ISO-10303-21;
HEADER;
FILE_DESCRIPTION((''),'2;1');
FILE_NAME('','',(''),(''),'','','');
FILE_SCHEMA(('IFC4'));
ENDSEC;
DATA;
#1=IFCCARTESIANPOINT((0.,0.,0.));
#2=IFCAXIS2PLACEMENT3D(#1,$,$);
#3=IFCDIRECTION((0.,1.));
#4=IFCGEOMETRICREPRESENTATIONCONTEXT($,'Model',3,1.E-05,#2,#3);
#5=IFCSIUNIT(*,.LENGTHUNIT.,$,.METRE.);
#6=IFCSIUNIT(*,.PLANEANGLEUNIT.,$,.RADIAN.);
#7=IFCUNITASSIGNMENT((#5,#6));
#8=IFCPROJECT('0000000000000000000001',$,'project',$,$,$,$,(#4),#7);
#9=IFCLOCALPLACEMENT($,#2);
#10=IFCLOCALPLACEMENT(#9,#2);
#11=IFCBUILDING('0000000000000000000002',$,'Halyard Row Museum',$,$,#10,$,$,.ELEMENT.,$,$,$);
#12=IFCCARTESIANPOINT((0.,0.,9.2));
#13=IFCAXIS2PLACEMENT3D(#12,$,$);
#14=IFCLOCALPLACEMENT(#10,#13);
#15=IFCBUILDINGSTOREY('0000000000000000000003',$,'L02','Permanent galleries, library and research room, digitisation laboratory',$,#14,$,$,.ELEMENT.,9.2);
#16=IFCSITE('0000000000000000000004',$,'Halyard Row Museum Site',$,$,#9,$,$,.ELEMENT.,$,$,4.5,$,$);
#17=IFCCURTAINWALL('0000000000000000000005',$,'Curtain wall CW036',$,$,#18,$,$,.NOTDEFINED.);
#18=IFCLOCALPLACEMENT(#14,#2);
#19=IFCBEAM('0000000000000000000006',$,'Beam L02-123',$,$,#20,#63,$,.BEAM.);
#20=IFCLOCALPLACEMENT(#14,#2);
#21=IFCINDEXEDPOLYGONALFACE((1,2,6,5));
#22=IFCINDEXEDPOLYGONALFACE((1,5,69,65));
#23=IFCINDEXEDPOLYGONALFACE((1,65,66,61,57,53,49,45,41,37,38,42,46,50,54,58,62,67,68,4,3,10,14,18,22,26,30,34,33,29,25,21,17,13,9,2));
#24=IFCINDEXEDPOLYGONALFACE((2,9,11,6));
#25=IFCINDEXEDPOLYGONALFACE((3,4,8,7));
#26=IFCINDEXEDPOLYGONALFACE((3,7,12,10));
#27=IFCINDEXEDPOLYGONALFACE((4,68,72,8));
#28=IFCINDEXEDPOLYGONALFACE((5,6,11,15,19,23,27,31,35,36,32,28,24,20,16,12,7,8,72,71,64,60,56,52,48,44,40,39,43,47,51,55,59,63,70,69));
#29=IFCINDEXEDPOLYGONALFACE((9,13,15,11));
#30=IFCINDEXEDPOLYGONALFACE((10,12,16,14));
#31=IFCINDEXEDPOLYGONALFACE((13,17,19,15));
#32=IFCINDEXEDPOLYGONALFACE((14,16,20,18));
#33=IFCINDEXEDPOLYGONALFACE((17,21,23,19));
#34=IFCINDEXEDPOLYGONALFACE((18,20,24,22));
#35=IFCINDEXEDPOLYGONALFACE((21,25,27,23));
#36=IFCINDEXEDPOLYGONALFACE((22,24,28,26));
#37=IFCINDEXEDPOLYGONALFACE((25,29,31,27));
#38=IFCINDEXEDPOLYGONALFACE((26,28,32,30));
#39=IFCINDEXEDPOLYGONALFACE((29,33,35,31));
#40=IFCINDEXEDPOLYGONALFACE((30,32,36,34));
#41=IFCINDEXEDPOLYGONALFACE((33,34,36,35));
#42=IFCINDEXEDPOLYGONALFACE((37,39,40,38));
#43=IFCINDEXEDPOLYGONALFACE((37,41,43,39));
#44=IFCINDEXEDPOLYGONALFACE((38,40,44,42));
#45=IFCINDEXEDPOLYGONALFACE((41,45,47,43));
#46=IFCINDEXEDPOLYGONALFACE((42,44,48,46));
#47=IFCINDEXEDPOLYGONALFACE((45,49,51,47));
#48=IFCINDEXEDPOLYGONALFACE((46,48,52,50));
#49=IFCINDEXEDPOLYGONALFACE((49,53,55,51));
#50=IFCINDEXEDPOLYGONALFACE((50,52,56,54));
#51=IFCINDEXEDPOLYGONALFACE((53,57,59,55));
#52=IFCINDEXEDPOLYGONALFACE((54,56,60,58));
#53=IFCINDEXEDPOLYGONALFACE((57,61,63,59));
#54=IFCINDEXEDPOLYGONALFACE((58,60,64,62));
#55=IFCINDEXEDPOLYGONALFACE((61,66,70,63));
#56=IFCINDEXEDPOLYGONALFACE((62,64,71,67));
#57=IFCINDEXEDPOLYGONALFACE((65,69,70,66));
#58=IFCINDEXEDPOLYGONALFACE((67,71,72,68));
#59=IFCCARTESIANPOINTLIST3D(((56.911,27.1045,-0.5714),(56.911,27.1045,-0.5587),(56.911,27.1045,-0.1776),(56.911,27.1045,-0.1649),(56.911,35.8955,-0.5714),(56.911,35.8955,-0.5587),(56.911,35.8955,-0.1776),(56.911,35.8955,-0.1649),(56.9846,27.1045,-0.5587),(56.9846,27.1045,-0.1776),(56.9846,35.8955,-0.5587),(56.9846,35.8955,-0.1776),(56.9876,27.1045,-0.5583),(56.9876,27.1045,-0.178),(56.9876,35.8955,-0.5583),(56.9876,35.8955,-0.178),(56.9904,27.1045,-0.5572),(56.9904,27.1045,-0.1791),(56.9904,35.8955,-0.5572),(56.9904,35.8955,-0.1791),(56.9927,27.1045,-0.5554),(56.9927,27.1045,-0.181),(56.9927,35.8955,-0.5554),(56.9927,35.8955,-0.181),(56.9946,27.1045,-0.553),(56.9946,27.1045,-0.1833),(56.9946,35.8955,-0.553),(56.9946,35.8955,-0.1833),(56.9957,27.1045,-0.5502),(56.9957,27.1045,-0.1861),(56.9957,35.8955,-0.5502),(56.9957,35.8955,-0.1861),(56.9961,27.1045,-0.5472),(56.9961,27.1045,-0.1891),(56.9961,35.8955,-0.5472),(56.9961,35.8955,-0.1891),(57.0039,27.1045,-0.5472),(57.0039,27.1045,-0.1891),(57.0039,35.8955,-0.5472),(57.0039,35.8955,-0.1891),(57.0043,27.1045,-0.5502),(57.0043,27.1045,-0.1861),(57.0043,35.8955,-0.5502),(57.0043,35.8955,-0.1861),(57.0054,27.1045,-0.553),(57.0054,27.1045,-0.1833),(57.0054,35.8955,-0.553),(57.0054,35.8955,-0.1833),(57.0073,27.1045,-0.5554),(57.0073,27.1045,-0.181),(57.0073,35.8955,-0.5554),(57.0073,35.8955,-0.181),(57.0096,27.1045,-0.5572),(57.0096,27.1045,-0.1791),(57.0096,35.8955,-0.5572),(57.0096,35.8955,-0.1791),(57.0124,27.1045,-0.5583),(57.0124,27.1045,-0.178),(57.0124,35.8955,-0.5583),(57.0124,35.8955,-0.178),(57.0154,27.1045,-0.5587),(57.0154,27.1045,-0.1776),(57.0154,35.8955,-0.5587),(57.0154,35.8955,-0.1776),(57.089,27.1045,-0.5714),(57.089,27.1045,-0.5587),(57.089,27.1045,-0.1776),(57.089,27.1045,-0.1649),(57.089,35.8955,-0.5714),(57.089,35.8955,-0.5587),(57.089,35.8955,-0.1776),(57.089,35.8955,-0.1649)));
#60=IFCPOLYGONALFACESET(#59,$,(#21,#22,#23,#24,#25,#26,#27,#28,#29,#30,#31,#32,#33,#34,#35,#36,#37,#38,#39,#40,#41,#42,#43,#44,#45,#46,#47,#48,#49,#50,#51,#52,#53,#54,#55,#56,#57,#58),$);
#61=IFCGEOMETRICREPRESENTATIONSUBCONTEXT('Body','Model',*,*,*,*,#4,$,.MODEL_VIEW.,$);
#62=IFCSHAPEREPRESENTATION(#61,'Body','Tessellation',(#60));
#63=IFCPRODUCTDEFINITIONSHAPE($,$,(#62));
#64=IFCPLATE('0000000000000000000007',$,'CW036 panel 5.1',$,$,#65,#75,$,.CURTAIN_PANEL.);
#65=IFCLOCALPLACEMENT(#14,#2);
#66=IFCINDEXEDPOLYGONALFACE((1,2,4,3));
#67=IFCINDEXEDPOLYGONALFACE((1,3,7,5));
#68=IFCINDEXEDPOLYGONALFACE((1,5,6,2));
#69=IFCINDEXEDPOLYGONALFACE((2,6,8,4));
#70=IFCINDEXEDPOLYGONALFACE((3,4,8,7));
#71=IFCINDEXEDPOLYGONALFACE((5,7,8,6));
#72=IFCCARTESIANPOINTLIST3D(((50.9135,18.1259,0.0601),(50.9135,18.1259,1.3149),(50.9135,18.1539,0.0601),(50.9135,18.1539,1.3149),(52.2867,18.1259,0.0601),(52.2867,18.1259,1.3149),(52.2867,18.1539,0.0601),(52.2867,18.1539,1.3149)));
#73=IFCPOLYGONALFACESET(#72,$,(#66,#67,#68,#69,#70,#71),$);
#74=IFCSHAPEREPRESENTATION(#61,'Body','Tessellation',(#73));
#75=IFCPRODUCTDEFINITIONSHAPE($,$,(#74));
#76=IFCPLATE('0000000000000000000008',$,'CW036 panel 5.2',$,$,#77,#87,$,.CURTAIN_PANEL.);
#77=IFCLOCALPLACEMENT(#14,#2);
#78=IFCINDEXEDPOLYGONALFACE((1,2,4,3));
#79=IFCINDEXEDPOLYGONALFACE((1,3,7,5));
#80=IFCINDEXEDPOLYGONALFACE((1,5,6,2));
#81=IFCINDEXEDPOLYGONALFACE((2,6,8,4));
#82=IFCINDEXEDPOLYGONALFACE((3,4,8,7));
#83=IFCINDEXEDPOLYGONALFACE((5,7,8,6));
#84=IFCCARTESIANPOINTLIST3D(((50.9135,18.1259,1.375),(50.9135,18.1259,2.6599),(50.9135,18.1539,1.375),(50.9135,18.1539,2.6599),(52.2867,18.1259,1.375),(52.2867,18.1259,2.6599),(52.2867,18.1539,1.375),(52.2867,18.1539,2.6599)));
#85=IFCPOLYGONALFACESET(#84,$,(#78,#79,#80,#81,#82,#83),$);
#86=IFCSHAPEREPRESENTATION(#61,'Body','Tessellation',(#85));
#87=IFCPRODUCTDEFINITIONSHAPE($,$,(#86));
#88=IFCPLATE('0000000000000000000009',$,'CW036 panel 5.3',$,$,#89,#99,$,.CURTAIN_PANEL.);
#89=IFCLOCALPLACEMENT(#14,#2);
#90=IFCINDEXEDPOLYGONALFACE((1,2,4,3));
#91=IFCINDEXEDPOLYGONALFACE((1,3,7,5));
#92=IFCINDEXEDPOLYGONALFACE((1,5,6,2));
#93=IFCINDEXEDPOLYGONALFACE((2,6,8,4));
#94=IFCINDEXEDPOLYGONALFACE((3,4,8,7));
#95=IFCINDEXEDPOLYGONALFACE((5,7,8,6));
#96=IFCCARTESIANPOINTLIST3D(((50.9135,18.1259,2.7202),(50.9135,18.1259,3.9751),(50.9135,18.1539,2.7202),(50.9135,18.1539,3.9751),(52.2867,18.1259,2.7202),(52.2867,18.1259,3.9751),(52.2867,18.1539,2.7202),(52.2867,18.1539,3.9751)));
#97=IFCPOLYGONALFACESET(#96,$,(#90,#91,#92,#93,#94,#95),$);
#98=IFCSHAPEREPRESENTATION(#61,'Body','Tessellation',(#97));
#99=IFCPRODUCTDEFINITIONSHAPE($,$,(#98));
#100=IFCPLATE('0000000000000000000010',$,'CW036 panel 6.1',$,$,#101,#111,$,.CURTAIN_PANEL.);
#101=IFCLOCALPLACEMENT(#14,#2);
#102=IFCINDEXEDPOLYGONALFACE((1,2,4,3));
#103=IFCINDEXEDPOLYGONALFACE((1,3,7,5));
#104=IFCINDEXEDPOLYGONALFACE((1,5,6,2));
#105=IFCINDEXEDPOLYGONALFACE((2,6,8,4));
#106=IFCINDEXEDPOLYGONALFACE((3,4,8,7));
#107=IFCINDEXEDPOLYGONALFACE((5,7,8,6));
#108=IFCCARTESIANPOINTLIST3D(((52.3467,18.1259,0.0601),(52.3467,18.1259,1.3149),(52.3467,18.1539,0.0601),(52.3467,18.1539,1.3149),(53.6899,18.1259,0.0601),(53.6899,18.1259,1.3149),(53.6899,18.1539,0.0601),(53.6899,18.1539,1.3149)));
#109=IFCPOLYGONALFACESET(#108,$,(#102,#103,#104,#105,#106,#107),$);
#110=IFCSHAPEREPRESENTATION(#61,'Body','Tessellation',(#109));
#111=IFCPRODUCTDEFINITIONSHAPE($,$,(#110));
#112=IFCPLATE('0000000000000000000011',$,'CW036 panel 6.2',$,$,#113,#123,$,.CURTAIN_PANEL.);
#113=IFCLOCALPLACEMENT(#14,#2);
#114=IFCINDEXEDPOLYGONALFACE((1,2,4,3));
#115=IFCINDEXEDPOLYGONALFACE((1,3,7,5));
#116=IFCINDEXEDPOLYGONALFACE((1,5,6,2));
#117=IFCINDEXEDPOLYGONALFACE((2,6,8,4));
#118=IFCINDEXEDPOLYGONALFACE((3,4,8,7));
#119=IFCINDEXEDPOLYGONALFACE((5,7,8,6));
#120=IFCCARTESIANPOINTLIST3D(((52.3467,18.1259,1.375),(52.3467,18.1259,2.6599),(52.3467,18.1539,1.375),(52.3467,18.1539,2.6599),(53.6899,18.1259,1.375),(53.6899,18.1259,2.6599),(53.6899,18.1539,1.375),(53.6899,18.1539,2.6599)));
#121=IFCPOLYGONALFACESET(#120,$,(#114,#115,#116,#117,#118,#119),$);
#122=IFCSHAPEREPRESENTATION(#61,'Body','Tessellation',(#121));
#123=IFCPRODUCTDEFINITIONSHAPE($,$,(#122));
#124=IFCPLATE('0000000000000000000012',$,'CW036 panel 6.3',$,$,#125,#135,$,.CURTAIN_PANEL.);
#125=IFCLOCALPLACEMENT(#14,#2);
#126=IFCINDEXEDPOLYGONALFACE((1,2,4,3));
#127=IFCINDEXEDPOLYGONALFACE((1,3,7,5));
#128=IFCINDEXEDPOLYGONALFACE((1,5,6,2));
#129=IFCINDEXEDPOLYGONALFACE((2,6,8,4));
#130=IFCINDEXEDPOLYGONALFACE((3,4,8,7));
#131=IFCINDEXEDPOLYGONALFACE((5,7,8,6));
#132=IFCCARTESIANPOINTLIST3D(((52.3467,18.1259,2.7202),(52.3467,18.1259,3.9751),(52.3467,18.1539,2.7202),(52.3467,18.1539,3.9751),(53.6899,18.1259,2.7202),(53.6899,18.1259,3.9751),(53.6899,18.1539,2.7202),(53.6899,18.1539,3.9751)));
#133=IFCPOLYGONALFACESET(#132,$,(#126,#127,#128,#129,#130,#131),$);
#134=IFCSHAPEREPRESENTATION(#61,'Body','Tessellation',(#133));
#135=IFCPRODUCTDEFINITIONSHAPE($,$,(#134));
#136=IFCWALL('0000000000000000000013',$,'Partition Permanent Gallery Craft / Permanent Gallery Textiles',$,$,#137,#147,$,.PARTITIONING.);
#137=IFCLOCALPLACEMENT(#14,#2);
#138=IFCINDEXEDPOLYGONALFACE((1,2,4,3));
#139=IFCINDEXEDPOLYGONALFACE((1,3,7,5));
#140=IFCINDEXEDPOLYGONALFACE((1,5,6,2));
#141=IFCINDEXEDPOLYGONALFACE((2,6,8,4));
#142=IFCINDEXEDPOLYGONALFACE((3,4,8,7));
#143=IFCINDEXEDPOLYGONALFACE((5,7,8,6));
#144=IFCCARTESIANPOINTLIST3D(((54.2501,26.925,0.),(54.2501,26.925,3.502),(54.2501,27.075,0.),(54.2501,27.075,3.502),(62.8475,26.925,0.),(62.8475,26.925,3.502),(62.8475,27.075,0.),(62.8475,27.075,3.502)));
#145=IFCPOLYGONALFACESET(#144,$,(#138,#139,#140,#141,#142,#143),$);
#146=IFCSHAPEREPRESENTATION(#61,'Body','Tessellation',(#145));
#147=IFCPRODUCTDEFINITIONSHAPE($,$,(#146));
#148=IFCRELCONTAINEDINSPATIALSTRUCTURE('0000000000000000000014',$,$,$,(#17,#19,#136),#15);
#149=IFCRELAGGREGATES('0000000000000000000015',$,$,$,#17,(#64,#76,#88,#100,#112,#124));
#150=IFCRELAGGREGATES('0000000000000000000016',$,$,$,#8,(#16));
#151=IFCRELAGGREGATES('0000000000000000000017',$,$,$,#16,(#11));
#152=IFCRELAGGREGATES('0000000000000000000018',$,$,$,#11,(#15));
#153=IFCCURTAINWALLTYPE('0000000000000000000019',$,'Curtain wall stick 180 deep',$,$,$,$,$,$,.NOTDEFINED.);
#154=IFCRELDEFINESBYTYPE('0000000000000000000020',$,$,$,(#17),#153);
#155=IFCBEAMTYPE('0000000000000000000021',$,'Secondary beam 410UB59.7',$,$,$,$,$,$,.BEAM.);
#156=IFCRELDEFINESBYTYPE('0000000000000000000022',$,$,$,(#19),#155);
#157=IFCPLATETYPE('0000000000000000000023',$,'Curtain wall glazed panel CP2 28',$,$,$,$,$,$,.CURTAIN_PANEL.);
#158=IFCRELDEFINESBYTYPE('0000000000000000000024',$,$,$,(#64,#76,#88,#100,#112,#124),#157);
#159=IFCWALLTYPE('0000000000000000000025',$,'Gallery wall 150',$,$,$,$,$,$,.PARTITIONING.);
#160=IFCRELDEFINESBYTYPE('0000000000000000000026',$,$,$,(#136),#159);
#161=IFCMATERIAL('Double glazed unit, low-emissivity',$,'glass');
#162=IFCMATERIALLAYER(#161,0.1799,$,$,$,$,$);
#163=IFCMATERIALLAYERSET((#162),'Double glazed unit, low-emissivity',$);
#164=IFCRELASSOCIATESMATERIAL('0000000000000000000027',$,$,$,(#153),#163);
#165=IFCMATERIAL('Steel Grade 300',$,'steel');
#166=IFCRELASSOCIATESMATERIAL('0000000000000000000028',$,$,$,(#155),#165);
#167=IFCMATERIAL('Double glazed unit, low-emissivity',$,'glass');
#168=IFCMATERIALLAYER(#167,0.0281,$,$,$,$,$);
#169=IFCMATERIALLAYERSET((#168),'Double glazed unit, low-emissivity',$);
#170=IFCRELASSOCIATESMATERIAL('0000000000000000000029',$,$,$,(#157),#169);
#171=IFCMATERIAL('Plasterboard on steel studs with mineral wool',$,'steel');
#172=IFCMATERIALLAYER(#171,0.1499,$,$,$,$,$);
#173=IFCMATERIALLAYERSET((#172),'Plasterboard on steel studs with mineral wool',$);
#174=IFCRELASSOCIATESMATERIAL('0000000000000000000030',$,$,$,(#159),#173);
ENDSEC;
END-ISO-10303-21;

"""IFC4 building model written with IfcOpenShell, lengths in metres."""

from ifc_helpers import new_model, si_unit, direction, frame, frame_2d, origin, origin_2d, place, context, subcontext, project, spatial, rectangle, i_section, extrude, material, layer, layer_set, material_profile, profile_set, type_object, element, aggregate, save


model = new_model("IFC4")

# Units and contexts
model_context = context("Model", 3, precision=1e-05, world=origin(), true_north=direction((0.0, 1.0)))
body_context = subcontext(model_context, "Body", "Model", "MODEL_VIEW")
ifc_project = project(units=[si_unit("LENGTHUNIT", "METRE"), si_unit("PLANEANGLEUNIT", "RADIAN")], contexts=[model_context])

# Site, building, storey
site_placement = place(None, origin())
site = spatial("IfcSite", under=ifc_project, at=site_placement, Name="Halyard Row Museum Site", CompositionType="ELEMENT", RefElevation=4.5)
building_placement = place(site_placement, origin())
building = spatial("IfcBuilding", under=site, at=building_placement, Name="Halyard Row Museum", CompositionType="ELEMENT")
storey_placement = place(building_placement, frame((0.0, 0.0, 9.2)))
storey = spatial("IfcBuildingStorey", under=building, at=storey_placement, Name="L02", Description="Permanent galleries, library and research room, digitisation laboratory", CompositionType="ELEMENT", Elevation=9.2)

# Curtain wall
ifc_material_1 = material(Name="Double glazed unit, low-emissivity", Category="glass")
ifc_layer_1 = layer(ifc_material_1, 0.1799)
ifc_layer_set_1 = layer_set([ifc_layer_1], Name="Double glazed unit, low-emissivity")
curtain_wall_type = type_object("IfcCurtainWallType", Name="Curtain wall stick 180 deep", PredefinedType="NOTDEFINED", material=ifc_layer_set_1)
curtain_wall_placement = place(storey_placement, origin())
curtain_wall = element("IfcCurtainWall", 1, at=curtain_wall_placement, inside=storey, type_object=curtain_wall_type, Name="Curtain wall CW036", PredefinedType="NOTDEFINED")

# Beam
ifc_material_2 = material(Name="Steel Grade 300", Category="steel")
ifc_material_profile_1 = material_profile(ifc_material_2, i_section(OverallWidth=0.178, OverallDepth=0.4065, WebThickness=0.0078, FlangeThickness=0.0127, FilletRadius=0.0115, at=origin_2d()), Name="410UB59.7")
ifc_profile_set_1 = profile_set([ifc_material_profile_1], Name="Steel Grade 300")
beam_type_1 = type_object("IfcBeamType", Name="Secondary beam 410UB59.7", PredefinedType="BEAM", material=ifc_profile_set_1)
for number, where, z_axis, x_axis, name in (
    (2, (57.0, 27.1045, -0.3682), (0.0, 1.0, 0.0), (-1.0, 0.0, 0.0), "Beam L02-123"),
):
    element("IfcBeam", number, at=place(storey_placement, frame(where, z_axis=z_axis, x_axis=x_axis)), inside=storey, type_object=beam_type_1, Name=name, PredefinedType="BEAM", context=body_context, shape_type="SweptSolid", body=[
        extrude(i_section(OverallWidth=0.178, OverallDepth=0.4065, WebThickness=0.0078, FlangeThickness=0.0127, FilletRadius=0.0115, at=origin_2d()), origin(), (0.0, 0.0, 1.0), 8.791),
    ])

# Plates
ifc_material_3 = material(Name="Double glazed unit, low-emissivity", Category="glass")
ifc_layer_2 = layer(ifc_material_3, 0.0281)
ifc_layer_set_2 = layer_set([ifc_layer_2], Name="Double glazed unit, low-emissivity")
plate_type = type_object("IfcPlateType", Name="Curtain wall glazed panel CP2 28", PredefinedType="CURTAIN_PANEL", material=ifc_layer_set_2)
plate_1_placement = place(storey_placement, frame((51.6001, 18.1399, 0.0601), z_axis=(0.0, 0.0, 1.0), x_axis=(1.0, 0.0, 0.0)))
plate_1 = element("IfcPlate", 3, at=plate_1_placement, type_object=plate_type, Name="CW036 panel 5.1", PredefinedType="CURTAIN_PANEL", context=body_context, shape_type="SweptSolid", body=[
    extrude(rectangle(XDim=1.3733, YDim=0.0281, at=origin_2d()), origin(), (0.0, 0.0, 1.0), 1.2549),
])
plate_2_placement = place(storey_placement, frame((51.6001, 18.1399, 1.375), z_axis=(0.0, 0.0, 1.0), x_axis=(1.0, 0.0, 0.0)))
plate_2 = element("IfcPlate", 4, at=plate_2_placement, type_object=plate_type, Name="CW036 panel 5.2", PredefinedType="CURTAIN_PANEL", context=body_context, shape_type="SweptSolid", body=[
    extrude(rectangle(XDim=1.3733, YDim=0.0281, at=origin_2d()), origin(), (0.0, 0.0, 1.0), 1.2849),
])
plate_3_placement = place(storey_placement, frame((51.6001, 18.1399, 2.7202), z_axis=(0.0, 0.0, 1.0), x_axis=(1.0, 0.0, 0.0)))
plate_3 = element("IfcPlate", 5, at=plate_3_placement, type_object=plate_type, Name="CW036 panel 5.3", PredefinedType="CURTAIN_PANEL", context=body_context, shape_type="SweptSolid", body=[
    extrude(rectangle(XDim=1.3733, YDim=0.0281, at=origin_2d()), origin(), (0.0, 0.0, 1.0), 1.2549),
])
plate_4_placement = place(storey_placement, frame((53.0183, 18.1399, 0.0601), z_axis=(0.0, 0.0, 1.0), x_axis=(1.0, 0.0, 0.0)))
plate_4 = element("IfcPlate", 6, at=plate_4_placement, type_object=plate_type, Name="CW036 panel 6.1", PredefinedType="CURTAIN_PANEL", context=body_context, shape_type="SweptSolid", body=[
    extrude(rectangle(XDim=1.3433, YDim=0.0281, at=origin_2d()), origin(), (0.0, 0.0, 1.0), 1.2549),
])
plate_5_placement = place(storey_placement, frame((53.0183, 18.1399, 1.375), z_axis=(0.0, 0.0, 1.0), x_axis=(1.0, 0.0, 0.0)))
plate_5 = element("IfcPlate", 7, at=plate_5_placement, type_object=plate_type, Name="CW036 panel 6.2", PredefinedType="CURTAIN_PANEL", context=body_context, shape_type="SweptSolid", body=[
    extrude(rectangle(XDim=1.3433, YDim=0.0281, at=origin_2d()), origin(), (0.0, 0.0, 1.0), 1.2849),
])
plate_6_placement = place(storey_placement, frame((53.0183, 18.1399, 2.7202), z_axis=(0.0, 0.0, 1.0), x_axis=(1.0, 0.0, 0.0)))
plate_6 = element("IfcPlate", 8, at=plate_6_placement, type_object=plate_type, Name="CW036 panel 6.3", PredefinedType="CURTAIN_PANEL", context=body_context, shape_type="SweptSolid", body=[
    extrude(rectangle(XDim=1.3433, YDim=0.0281, at=origin_2d()), origin(), (0.0, 0.0, 1.0), 1.2549),
])
aggregate(curtain_wall, [plate_1, plate_2, plate_3, plate_4, plate_5, plate_6])

# Wall
ifc_material_4 = material(Name="Plasterboard on steel studs with mineral wool", Category="steel")
ifc_layer_3 = layer(ifc_material_4, 0.1499)
ifc_layer_set_3 = layer_set([ifc_layer_3], Name="Plasterboard on steel studs with mineral wool")
wall_type_1 = type_object("IfcWallType", Name="Gallery wall 150", PredefinedType="PARTITIONING", material=ifc_layer_set_3)
wall_1_placement = place(storey_placement, frame((54.25, 27.0, 0.0), z_axis=(0.0, 0.0, 1.0), x_axis=(1.0, 0.0, 0.0)))
element("IfcWall", 9, at=wall_1_placement, inside=storey, type_object=wall_type_1, Name="Partition Permanent Gallery Craft / Permanent Gallery Textiles", PredefinedType="PARTITIONING", context=body_context, shape_type="SweptSolid", body=[
    extrude(rectangle(XDim=8.5974, YDim=0.1499, at=frame_2d((4.2988, 0.0))), origin(), (0.0, 0.0, 1.0), 3.502),
])

save(model, "model.ifc")
